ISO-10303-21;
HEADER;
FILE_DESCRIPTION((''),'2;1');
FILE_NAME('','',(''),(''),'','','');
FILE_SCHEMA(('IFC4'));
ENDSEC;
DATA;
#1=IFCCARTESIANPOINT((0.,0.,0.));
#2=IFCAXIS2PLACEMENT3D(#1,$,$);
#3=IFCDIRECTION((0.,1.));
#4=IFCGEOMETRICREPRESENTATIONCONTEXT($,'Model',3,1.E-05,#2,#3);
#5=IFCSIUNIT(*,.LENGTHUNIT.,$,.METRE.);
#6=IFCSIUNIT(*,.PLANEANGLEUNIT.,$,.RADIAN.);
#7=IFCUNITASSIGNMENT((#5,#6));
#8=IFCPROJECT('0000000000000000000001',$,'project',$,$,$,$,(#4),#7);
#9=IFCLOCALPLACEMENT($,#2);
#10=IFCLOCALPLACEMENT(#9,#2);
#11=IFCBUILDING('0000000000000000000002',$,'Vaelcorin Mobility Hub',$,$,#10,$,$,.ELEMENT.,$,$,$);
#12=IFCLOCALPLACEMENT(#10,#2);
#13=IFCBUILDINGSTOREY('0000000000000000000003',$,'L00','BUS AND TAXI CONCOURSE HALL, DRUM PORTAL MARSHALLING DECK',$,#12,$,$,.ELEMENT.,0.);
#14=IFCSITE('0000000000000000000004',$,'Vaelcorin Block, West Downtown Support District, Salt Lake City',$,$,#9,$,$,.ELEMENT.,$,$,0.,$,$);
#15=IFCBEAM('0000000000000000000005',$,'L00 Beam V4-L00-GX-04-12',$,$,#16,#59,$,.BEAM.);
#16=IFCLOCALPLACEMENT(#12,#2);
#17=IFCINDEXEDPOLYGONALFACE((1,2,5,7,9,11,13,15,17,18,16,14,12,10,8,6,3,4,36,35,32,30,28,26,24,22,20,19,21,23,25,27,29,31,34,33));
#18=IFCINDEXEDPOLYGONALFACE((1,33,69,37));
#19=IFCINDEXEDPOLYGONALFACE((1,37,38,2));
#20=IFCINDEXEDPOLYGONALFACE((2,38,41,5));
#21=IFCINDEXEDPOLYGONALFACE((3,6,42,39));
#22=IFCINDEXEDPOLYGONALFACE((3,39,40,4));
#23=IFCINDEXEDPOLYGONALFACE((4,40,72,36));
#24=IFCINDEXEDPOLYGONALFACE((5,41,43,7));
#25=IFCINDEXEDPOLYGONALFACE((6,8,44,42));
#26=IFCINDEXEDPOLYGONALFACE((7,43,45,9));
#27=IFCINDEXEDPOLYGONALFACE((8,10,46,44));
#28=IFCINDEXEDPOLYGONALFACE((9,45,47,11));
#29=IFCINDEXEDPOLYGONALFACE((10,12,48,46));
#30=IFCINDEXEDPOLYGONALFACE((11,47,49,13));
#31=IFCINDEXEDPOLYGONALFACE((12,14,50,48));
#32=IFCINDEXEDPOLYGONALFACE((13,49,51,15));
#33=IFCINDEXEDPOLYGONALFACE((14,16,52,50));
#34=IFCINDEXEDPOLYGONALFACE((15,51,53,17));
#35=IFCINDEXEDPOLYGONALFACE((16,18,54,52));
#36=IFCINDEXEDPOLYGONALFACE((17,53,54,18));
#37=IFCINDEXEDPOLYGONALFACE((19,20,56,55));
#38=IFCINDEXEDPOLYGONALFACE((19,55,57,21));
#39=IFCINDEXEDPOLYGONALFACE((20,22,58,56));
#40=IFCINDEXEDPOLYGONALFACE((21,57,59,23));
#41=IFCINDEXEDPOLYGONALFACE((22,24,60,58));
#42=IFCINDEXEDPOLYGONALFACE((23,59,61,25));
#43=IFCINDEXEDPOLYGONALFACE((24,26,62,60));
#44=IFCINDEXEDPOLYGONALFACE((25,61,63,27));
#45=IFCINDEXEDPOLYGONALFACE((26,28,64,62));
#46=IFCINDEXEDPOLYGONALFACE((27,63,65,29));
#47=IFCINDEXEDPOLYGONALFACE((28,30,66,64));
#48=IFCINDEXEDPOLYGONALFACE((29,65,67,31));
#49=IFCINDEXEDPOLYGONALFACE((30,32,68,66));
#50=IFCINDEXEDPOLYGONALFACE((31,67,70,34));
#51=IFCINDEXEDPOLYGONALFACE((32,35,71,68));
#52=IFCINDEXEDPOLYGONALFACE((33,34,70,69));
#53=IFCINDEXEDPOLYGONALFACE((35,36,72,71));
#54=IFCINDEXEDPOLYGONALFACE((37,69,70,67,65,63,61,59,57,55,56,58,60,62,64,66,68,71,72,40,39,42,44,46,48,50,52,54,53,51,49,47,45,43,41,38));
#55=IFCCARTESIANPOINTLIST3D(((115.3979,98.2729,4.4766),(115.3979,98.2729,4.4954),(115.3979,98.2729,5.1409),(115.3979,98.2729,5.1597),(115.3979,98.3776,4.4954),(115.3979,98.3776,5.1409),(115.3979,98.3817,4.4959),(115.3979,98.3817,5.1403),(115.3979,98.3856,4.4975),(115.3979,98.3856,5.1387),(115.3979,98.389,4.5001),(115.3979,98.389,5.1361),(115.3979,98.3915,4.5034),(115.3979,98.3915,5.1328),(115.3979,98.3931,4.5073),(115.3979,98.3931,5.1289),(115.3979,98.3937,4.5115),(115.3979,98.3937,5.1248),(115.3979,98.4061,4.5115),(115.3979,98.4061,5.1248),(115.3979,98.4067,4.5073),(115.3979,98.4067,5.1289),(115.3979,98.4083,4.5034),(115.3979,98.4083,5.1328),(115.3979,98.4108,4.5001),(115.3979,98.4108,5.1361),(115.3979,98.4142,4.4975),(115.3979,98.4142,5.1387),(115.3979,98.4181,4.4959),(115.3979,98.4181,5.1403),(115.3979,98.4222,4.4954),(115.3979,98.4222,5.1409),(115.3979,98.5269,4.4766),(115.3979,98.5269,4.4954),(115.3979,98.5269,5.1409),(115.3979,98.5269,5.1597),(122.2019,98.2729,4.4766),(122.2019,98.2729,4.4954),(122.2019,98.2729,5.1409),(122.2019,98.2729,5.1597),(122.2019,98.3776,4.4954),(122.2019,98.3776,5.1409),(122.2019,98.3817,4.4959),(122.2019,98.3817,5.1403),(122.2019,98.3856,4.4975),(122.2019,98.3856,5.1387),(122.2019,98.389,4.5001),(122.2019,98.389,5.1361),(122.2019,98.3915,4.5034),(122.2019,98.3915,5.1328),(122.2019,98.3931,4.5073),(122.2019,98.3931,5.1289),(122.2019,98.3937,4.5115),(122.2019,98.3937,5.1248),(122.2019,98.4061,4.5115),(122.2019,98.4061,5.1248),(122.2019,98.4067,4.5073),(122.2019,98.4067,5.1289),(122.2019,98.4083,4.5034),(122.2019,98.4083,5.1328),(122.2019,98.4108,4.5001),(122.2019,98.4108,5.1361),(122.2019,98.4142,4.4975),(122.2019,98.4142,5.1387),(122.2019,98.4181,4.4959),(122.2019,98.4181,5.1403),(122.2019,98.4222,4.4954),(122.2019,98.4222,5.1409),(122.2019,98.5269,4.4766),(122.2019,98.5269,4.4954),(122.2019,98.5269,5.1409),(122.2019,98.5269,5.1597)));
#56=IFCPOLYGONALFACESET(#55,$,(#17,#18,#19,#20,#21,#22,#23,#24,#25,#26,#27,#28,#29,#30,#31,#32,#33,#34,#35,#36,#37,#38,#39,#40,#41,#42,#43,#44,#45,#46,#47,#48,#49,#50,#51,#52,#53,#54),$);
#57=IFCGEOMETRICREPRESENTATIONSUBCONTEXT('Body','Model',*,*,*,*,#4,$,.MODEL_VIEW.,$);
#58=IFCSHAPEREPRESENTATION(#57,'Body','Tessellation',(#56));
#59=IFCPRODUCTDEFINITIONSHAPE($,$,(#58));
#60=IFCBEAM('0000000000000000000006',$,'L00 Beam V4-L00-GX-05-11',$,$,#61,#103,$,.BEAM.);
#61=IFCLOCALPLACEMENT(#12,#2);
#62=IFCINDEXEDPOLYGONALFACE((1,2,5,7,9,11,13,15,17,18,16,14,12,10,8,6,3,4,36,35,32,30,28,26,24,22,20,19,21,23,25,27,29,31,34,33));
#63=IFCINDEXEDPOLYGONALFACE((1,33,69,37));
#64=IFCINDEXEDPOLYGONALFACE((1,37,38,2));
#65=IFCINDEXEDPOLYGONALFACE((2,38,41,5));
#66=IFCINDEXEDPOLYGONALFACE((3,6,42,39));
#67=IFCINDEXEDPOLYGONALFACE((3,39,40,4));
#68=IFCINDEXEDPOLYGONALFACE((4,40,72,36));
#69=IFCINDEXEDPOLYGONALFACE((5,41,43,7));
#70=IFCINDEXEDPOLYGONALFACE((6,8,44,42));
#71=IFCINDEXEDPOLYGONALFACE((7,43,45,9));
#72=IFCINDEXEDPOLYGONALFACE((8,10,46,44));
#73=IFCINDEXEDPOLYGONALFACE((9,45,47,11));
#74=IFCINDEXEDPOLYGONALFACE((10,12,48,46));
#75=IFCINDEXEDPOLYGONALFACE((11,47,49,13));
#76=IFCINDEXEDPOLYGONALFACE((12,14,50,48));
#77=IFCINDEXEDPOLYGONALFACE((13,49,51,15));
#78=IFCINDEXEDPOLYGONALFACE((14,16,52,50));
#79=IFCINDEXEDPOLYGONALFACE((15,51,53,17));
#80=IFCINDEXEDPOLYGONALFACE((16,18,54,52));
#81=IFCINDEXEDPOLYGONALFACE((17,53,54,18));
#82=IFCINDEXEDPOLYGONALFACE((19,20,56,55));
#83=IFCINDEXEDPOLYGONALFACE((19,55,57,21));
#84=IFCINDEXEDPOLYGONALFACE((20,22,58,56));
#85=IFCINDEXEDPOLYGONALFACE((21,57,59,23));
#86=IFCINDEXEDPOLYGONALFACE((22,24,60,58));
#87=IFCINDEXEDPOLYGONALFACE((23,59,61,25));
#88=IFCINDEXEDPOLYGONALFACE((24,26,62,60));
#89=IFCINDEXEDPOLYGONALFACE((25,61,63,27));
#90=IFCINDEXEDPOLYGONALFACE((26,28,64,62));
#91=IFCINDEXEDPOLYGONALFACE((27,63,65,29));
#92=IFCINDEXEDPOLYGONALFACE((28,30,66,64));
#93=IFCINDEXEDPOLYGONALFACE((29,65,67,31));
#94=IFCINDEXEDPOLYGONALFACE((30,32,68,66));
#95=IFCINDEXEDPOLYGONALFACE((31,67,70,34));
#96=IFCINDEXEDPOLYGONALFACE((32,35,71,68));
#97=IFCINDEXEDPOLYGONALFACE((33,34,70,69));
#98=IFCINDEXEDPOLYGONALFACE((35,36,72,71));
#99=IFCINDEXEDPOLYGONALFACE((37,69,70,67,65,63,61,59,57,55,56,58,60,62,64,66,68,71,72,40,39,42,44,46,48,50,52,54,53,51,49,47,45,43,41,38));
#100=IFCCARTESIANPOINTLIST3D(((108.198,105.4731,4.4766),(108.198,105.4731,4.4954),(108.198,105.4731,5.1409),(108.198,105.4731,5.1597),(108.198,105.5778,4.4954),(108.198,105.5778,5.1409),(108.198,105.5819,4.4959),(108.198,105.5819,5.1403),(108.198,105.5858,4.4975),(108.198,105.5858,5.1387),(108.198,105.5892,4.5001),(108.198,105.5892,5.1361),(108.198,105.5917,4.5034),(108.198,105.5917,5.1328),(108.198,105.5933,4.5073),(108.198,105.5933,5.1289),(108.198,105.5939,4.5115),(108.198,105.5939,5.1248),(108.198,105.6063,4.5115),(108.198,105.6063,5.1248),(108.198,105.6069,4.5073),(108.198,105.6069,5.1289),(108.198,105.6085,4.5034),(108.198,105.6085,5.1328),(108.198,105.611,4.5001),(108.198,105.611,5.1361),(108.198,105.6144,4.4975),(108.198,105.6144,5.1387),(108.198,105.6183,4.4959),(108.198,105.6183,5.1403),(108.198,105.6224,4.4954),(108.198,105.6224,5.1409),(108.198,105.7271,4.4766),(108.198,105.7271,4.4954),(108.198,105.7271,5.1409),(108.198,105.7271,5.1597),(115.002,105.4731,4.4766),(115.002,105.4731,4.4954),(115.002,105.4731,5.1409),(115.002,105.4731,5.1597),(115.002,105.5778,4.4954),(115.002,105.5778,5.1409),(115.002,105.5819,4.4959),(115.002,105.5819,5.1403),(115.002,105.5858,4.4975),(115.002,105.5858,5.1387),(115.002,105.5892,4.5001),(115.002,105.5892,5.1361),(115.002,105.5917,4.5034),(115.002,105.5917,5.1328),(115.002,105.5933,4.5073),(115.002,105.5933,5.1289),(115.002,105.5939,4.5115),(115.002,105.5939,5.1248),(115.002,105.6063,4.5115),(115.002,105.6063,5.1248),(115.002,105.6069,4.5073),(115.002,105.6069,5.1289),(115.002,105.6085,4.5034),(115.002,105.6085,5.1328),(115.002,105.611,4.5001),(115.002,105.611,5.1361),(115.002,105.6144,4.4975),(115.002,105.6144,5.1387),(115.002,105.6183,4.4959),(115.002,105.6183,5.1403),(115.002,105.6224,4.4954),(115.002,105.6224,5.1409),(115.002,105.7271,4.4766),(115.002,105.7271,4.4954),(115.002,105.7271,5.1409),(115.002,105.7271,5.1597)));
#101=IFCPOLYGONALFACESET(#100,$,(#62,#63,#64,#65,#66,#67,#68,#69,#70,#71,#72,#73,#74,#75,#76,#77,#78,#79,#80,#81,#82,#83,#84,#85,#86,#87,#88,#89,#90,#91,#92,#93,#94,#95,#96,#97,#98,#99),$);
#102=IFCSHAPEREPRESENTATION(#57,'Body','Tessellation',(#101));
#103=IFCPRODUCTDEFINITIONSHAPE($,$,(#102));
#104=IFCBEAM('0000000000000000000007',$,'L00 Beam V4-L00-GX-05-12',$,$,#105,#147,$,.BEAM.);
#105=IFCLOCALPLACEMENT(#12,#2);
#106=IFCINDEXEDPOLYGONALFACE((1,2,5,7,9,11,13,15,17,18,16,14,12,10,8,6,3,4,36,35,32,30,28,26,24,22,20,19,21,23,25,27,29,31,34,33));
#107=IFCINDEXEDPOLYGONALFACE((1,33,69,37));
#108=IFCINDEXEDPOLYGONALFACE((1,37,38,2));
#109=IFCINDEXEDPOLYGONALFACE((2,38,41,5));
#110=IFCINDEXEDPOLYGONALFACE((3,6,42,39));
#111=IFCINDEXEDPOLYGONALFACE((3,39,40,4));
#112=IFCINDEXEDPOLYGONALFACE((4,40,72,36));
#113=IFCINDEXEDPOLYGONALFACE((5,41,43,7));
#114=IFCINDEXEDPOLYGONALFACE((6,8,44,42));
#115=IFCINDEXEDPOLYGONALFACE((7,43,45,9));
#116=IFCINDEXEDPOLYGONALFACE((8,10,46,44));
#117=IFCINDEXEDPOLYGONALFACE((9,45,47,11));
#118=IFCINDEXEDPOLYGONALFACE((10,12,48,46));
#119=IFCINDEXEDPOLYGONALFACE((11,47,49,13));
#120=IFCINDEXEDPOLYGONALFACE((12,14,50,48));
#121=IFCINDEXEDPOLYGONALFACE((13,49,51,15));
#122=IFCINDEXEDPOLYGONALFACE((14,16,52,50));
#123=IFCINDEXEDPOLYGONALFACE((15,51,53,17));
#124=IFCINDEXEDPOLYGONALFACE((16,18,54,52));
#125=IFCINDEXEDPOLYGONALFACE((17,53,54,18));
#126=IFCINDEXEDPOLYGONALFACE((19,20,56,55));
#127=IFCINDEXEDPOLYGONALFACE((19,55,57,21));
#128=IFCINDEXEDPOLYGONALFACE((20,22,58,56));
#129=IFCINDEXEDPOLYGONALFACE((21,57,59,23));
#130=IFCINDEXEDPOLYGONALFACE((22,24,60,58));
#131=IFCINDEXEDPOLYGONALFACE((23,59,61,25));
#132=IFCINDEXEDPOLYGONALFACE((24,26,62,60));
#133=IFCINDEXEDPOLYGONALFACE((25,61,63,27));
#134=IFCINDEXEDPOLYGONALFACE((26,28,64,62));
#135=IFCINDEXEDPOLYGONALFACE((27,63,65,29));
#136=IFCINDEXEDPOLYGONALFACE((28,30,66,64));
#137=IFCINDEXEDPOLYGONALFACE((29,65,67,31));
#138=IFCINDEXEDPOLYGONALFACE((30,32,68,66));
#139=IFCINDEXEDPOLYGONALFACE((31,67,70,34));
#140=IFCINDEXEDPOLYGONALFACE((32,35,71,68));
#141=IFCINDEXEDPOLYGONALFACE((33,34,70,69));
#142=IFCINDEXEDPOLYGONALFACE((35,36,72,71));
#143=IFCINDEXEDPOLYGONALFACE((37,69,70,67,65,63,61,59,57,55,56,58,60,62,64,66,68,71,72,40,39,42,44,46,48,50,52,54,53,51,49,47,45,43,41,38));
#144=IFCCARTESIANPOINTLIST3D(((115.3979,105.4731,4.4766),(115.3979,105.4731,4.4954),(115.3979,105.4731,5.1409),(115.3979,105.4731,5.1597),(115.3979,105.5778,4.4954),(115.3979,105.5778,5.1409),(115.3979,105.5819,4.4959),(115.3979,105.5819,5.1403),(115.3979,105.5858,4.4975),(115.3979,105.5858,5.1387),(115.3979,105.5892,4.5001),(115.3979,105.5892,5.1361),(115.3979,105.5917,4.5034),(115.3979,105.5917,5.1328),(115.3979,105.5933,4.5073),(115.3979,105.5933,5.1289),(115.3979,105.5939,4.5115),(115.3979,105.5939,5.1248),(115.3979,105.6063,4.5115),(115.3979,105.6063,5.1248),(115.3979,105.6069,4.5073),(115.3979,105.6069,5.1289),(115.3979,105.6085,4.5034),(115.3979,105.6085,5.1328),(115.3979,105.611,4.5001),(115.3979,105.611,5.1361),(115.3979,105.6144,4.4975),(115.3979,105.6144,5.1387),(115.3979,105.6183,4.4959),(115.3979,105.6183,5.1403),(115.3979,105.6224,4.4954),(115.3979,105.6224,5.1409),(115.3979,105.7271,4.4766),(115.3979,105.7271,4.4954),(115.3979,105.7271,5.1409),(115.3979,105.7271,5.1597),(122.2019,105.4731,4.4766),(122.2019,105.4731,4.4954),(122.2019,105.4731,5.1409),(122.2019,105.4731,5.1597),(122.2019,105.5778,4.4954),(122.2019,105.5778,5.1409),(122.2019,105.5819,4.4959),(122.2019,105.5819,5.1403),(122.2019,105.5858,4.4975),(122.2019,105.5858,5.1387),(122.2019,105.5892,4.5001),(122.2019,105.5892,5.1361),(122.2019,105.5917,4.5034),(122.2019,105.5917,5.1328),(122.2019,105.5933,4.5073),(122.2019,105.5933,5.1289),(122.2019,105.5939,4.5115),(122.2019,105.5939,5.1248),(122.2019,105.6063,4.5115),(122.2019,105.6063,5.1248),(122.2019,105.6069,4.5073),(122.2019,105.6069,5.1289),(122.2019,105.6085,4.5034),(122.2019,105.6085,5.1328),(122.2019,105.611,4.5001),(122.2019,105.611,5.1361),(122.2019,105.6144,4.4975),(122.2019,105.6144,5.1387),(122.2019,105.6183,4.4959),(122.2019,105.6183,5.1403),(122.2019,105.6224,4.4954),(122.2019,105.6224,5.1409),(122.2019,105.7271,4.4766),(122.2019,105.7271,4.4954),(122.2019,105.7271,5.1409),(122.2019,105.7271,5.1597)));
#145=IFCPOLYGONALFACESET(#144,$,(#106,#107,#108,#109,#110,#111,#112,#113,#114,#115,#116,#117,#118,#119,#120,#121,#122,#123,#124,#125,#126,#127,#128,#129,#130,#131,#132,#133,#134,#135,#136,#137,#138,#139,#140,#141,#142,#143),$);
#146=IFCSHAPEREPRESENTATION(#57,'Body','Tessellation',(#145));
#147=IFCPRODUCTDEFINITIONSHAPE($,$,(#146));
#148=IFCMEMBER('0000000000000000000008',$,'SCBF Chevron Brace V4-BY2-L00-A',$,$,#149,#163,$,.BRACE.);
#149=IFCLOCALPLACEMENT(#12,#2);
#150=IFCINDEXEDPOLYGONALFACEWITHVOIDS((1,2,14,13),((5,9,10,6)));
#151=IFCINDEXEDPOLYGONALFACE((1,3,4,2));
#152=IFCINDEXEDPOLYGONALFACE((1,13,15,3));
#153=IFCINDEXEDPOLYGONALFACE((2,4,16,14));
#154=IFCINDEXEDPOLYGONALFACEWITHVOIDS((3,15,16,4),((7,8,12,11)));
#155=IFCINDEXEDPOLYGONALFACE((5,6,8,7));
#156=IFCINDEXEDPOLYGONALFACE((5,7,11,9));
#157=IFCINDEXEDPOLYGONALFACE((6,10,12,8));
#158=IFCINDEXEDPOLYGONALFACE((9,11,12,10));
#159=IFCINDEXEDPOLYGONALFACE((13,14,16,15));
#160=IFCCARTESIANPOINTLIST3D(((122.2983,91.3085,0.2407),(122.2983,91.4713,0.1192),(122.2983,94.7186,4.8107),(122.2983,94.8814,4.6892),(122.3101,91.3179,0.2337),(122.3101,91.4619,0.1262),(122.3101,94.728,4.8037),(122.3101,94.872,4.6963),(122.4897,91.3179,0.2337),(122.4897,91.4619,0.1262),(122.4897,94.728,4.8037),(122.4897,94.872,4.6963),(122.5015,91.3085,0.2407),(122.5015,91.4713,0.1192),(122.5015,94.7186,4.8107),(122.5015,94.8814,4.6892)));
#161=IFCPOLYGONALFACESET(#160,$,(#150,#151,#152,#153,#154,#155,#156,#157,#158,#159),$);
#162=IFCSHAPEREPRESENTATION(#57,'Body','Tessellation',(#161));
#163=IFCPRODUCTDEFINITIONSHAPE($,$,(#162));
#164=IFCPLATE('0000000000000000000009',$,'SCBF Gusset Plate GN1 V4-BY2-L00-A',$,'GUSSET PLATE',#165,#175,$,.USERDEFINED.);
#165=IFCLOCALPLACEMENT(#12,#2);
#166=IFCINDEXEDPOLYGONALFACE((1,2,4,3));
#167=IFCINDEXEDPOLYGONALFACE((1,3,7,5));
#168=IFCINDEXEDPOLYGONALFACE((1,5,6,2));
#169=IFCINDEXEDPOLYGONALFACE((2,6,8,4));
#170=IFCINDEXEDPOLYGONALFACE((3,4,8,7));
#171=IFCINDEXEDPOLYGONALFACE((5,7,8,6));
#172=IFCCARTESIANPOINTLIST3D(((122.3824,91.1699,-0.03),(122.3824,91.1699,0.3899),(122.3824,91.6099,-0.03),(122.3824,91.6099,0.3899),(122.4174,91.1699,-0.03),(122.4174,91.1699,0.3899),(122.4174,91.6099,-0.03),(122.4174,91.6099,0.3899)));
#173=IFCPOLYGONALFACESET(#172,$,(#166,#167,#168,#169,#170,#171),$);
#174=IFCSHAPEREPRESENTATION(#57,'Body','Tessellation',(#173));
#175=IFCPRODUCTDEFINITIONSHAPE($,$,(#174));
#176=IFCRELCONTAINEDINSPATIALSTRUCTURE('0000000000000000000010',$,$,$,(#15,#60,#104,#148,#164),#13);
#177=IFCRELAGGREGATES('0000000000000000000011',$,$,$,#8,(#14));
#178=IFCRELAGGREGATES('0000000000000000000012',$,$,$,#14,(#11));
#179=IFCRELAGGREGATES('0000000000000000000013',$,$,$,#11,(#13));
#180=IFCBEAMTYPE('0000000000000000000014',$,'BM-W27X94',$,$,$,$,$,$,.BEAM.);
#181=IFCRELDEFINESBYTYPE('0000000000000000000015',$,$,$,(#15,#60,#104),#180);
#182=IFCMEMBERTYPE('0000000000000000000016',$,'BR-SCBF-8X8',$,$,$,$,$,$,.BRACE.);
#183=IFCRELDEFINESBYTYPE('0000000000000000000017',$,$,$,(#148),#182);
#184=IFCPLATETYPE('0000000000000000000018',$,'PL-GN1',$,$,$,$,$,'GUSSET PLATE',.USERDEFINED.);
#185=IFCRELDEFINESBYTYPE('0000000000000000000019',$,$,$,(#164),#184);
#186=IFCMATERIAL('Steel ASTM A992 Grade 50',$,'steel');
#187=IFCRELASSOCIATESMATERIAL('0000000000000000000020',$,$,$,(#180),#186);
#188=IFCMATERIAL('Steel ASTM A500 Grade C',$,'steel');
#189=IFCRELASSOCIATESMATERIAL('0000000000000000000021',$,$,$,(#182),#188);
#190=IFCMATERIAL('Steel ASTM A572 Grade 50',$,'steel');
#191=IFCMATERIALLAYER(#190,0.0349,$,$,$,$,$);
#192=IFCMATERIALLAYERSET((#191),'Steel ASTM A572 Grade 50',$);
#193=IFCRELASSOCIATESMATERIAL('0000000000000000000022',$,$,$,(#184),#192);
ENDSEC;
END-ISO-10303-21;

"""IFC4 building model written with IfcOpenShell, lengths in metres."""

from ifc_helpers import new_model, si_unit, direction, frame, origin, origin_2d, place, context, subcontext, project, spatial, rectangle, hollow_rectangle, i_section, extrude, material, layer, layer_set, material_profile, profile_set, type_object, element, save


model = new_model("IFC4")

# Units and contexts
model_context = context("Model", 3, precision=1e-05, world=origin(), true_north=direction((0.0, 1.0)))
body_context = subcontext(model_context, "Body", "Model", "MODEL_VIEW")
ifc_project = project(units=[si_unit("LENGTHUNIT", "METRE"), si_unit("PLANEANGLEUNIT", "RADIAN")], contexts=[model_context])

# Site, building, storey
site_placement = place(None, origin())
site = spatial("IfcSite", under=ifc_project, at=site_placement, Name="Vaelcorin Block, West Downtown Support District, Salt Lake City", CompositionType="ELEMENT", RefElevation=0.0)
building_placement = place(site_placement, origin())
building = spatial("IfcBuilding", under=site, at=building_placement, Name="Vaelcorin Mobility Hub", CompositionType="ELEMENT")
storey_placement = place(building_placement, origin())
storey = spatial("IfcBuildingStorey", under=building, at=storey_placement, Name="L00", Description="BUS AND TAXI CONCOURSE HALL, DRUM PORTAL MARSHALLING DECK", CompositionType="ELEMENT", Elevation=0.0)

# Shared definitions
ifc_material_1 = material(Name="Steel ASTM A992 Grade 50", Category="steel")

# Beams
ifc_material_profile_1 = material_profile(ifc_material_1, i_section(OverallWidth=0.2539, OverallDepth=0.6831, WebThickness=0.0125, FlangeThickness=0.0188, FilletRadius=0.0161, at=origin_2d()), Name="W27X94")
ifc_profile_set_1 = profile_set([ifc_material_profile_1], Name="Steel ASTM A992 Grade 50")
beam_type_1 = type_object("IfcBeamType", Name="BM-W27X94", PredefinedType="BEAM", material=ifc_profile_set_1)
for number, where, z_axis, x_axis, name in (
    (1, (115.3979, 98.3999, 4.8181), (1.0, 0.0, 0.0), (0.0, 1.0, 0.0), "L00 Beam V4-L00-GX-04-12"),
    (2, (108.198, 105.6001, 4.8181), (1.0, 0.0, 0.0), (0.0, 1.0, 0.0), "L00 Beam V4-L00-GX-05-11"),
    (3, (115.3979, 105.6001, 4.8181), (1.0, 0.0, 0.0), (0.0, 1.0, 0.0), "L00 Beam V4-L00-GX-05-12"),
):
    element("IfcBeam", number, at=place(storey_placement, frame(where, z_axis=z_axis, x_axis=x_axis)), inside=storey, type_object=beam_type_1, Name=name, PredefinedType="BEAM", context=body_context, shape_type="SweptSolid", body=[
        extrude(i_section(OverallWidth=0.2539, OverallDepth=0.6831, WebThickness=0.0125, FlangeThickness=0.0188, FilletRadius=0.0161, at=origin_2d()), origin(), (0.0, 0.0, 1.0), 6.804),
    ])

# Member
ifc_material_2 = material(Name="Steel ASTM A500 Grade C", Category="steel")
ifc_material_profile_2 = material_profile(ifc_material_2, hollow_rectangle(XDim=0.2031, YDim=0.2031, WallThickness=0.0117, at=origin_2d()), Name="HSS8X8X0.500")
ifc_profile_set_2 = profile_set([ifc_material_profile_2], Name="Steel ASTM A500 Grade C")
member_type = type_object("IfcMemberType", Name="BR-SCBF-8X8", PredefinedType="BRACE", material=ifc_profile_set_2)
member_placement = place(storey_placement, frame((122.3999, 91.3899, 0.1799), z_axis=(0.0, 0.598046, 0.801462), x_axis=(-1.0, 0.0, 0.0)))
element("IfcMember", 4, at=member_placement, inside=storey, type_object=member_type, Name="SCBF Chevron Brace V4-BY2-L00-A", PredefinedType="BRACE", context=body_context, shape_type="SweptSolid", body=[
    extrude(hollow_rectangle(XDim=0.2031, YDim=0.2031, WallThickness=0.0117, at=origin_2d()), origin(), (0.0, 0.0, 1.0), 5.7021),
])

# Plate
ifc_material_3 = material(Name="Steel ASTM A572 Grade 50", Category="steel")
ifc_layer_1 = layer(ifc_material_3, 0.0349)
ifc_layer_set_1 = layer_set([ifc_layer_1], Name="Steel ASTM A572 Grade 50")
plate_type = type_object("IfcPlateType", Name="PL-GN1", ElementType="GUSSET PLATE", PredefinedType="USERDEFINED", material=ifc_layer_set_1)
plate_placement = place(storey_placement, frame((122.3999, 91.3899, -0.03), z_axis=(0.0, 0.0, 1.0), x_axis=(0.0, 1.0, 0.0)))
element("IfcPlate", 5, at=plate_placement, inside=storey, type_object=plate_type, Name="SCBF Gusset Plate GN1 V4-BY2-L00-A", ObjectType="GUSSET PLATE", PredefinedType="USERDEFINED", context=body_context, shape_type="SweptSolid", body=[
    extrude(rectangle(XDim=0.4399, YDim=0.0349, at=origin_2d()), origin(), (0.0, 0.0, 1.0), 0.4199),
])

save(model, "model.ifc")
